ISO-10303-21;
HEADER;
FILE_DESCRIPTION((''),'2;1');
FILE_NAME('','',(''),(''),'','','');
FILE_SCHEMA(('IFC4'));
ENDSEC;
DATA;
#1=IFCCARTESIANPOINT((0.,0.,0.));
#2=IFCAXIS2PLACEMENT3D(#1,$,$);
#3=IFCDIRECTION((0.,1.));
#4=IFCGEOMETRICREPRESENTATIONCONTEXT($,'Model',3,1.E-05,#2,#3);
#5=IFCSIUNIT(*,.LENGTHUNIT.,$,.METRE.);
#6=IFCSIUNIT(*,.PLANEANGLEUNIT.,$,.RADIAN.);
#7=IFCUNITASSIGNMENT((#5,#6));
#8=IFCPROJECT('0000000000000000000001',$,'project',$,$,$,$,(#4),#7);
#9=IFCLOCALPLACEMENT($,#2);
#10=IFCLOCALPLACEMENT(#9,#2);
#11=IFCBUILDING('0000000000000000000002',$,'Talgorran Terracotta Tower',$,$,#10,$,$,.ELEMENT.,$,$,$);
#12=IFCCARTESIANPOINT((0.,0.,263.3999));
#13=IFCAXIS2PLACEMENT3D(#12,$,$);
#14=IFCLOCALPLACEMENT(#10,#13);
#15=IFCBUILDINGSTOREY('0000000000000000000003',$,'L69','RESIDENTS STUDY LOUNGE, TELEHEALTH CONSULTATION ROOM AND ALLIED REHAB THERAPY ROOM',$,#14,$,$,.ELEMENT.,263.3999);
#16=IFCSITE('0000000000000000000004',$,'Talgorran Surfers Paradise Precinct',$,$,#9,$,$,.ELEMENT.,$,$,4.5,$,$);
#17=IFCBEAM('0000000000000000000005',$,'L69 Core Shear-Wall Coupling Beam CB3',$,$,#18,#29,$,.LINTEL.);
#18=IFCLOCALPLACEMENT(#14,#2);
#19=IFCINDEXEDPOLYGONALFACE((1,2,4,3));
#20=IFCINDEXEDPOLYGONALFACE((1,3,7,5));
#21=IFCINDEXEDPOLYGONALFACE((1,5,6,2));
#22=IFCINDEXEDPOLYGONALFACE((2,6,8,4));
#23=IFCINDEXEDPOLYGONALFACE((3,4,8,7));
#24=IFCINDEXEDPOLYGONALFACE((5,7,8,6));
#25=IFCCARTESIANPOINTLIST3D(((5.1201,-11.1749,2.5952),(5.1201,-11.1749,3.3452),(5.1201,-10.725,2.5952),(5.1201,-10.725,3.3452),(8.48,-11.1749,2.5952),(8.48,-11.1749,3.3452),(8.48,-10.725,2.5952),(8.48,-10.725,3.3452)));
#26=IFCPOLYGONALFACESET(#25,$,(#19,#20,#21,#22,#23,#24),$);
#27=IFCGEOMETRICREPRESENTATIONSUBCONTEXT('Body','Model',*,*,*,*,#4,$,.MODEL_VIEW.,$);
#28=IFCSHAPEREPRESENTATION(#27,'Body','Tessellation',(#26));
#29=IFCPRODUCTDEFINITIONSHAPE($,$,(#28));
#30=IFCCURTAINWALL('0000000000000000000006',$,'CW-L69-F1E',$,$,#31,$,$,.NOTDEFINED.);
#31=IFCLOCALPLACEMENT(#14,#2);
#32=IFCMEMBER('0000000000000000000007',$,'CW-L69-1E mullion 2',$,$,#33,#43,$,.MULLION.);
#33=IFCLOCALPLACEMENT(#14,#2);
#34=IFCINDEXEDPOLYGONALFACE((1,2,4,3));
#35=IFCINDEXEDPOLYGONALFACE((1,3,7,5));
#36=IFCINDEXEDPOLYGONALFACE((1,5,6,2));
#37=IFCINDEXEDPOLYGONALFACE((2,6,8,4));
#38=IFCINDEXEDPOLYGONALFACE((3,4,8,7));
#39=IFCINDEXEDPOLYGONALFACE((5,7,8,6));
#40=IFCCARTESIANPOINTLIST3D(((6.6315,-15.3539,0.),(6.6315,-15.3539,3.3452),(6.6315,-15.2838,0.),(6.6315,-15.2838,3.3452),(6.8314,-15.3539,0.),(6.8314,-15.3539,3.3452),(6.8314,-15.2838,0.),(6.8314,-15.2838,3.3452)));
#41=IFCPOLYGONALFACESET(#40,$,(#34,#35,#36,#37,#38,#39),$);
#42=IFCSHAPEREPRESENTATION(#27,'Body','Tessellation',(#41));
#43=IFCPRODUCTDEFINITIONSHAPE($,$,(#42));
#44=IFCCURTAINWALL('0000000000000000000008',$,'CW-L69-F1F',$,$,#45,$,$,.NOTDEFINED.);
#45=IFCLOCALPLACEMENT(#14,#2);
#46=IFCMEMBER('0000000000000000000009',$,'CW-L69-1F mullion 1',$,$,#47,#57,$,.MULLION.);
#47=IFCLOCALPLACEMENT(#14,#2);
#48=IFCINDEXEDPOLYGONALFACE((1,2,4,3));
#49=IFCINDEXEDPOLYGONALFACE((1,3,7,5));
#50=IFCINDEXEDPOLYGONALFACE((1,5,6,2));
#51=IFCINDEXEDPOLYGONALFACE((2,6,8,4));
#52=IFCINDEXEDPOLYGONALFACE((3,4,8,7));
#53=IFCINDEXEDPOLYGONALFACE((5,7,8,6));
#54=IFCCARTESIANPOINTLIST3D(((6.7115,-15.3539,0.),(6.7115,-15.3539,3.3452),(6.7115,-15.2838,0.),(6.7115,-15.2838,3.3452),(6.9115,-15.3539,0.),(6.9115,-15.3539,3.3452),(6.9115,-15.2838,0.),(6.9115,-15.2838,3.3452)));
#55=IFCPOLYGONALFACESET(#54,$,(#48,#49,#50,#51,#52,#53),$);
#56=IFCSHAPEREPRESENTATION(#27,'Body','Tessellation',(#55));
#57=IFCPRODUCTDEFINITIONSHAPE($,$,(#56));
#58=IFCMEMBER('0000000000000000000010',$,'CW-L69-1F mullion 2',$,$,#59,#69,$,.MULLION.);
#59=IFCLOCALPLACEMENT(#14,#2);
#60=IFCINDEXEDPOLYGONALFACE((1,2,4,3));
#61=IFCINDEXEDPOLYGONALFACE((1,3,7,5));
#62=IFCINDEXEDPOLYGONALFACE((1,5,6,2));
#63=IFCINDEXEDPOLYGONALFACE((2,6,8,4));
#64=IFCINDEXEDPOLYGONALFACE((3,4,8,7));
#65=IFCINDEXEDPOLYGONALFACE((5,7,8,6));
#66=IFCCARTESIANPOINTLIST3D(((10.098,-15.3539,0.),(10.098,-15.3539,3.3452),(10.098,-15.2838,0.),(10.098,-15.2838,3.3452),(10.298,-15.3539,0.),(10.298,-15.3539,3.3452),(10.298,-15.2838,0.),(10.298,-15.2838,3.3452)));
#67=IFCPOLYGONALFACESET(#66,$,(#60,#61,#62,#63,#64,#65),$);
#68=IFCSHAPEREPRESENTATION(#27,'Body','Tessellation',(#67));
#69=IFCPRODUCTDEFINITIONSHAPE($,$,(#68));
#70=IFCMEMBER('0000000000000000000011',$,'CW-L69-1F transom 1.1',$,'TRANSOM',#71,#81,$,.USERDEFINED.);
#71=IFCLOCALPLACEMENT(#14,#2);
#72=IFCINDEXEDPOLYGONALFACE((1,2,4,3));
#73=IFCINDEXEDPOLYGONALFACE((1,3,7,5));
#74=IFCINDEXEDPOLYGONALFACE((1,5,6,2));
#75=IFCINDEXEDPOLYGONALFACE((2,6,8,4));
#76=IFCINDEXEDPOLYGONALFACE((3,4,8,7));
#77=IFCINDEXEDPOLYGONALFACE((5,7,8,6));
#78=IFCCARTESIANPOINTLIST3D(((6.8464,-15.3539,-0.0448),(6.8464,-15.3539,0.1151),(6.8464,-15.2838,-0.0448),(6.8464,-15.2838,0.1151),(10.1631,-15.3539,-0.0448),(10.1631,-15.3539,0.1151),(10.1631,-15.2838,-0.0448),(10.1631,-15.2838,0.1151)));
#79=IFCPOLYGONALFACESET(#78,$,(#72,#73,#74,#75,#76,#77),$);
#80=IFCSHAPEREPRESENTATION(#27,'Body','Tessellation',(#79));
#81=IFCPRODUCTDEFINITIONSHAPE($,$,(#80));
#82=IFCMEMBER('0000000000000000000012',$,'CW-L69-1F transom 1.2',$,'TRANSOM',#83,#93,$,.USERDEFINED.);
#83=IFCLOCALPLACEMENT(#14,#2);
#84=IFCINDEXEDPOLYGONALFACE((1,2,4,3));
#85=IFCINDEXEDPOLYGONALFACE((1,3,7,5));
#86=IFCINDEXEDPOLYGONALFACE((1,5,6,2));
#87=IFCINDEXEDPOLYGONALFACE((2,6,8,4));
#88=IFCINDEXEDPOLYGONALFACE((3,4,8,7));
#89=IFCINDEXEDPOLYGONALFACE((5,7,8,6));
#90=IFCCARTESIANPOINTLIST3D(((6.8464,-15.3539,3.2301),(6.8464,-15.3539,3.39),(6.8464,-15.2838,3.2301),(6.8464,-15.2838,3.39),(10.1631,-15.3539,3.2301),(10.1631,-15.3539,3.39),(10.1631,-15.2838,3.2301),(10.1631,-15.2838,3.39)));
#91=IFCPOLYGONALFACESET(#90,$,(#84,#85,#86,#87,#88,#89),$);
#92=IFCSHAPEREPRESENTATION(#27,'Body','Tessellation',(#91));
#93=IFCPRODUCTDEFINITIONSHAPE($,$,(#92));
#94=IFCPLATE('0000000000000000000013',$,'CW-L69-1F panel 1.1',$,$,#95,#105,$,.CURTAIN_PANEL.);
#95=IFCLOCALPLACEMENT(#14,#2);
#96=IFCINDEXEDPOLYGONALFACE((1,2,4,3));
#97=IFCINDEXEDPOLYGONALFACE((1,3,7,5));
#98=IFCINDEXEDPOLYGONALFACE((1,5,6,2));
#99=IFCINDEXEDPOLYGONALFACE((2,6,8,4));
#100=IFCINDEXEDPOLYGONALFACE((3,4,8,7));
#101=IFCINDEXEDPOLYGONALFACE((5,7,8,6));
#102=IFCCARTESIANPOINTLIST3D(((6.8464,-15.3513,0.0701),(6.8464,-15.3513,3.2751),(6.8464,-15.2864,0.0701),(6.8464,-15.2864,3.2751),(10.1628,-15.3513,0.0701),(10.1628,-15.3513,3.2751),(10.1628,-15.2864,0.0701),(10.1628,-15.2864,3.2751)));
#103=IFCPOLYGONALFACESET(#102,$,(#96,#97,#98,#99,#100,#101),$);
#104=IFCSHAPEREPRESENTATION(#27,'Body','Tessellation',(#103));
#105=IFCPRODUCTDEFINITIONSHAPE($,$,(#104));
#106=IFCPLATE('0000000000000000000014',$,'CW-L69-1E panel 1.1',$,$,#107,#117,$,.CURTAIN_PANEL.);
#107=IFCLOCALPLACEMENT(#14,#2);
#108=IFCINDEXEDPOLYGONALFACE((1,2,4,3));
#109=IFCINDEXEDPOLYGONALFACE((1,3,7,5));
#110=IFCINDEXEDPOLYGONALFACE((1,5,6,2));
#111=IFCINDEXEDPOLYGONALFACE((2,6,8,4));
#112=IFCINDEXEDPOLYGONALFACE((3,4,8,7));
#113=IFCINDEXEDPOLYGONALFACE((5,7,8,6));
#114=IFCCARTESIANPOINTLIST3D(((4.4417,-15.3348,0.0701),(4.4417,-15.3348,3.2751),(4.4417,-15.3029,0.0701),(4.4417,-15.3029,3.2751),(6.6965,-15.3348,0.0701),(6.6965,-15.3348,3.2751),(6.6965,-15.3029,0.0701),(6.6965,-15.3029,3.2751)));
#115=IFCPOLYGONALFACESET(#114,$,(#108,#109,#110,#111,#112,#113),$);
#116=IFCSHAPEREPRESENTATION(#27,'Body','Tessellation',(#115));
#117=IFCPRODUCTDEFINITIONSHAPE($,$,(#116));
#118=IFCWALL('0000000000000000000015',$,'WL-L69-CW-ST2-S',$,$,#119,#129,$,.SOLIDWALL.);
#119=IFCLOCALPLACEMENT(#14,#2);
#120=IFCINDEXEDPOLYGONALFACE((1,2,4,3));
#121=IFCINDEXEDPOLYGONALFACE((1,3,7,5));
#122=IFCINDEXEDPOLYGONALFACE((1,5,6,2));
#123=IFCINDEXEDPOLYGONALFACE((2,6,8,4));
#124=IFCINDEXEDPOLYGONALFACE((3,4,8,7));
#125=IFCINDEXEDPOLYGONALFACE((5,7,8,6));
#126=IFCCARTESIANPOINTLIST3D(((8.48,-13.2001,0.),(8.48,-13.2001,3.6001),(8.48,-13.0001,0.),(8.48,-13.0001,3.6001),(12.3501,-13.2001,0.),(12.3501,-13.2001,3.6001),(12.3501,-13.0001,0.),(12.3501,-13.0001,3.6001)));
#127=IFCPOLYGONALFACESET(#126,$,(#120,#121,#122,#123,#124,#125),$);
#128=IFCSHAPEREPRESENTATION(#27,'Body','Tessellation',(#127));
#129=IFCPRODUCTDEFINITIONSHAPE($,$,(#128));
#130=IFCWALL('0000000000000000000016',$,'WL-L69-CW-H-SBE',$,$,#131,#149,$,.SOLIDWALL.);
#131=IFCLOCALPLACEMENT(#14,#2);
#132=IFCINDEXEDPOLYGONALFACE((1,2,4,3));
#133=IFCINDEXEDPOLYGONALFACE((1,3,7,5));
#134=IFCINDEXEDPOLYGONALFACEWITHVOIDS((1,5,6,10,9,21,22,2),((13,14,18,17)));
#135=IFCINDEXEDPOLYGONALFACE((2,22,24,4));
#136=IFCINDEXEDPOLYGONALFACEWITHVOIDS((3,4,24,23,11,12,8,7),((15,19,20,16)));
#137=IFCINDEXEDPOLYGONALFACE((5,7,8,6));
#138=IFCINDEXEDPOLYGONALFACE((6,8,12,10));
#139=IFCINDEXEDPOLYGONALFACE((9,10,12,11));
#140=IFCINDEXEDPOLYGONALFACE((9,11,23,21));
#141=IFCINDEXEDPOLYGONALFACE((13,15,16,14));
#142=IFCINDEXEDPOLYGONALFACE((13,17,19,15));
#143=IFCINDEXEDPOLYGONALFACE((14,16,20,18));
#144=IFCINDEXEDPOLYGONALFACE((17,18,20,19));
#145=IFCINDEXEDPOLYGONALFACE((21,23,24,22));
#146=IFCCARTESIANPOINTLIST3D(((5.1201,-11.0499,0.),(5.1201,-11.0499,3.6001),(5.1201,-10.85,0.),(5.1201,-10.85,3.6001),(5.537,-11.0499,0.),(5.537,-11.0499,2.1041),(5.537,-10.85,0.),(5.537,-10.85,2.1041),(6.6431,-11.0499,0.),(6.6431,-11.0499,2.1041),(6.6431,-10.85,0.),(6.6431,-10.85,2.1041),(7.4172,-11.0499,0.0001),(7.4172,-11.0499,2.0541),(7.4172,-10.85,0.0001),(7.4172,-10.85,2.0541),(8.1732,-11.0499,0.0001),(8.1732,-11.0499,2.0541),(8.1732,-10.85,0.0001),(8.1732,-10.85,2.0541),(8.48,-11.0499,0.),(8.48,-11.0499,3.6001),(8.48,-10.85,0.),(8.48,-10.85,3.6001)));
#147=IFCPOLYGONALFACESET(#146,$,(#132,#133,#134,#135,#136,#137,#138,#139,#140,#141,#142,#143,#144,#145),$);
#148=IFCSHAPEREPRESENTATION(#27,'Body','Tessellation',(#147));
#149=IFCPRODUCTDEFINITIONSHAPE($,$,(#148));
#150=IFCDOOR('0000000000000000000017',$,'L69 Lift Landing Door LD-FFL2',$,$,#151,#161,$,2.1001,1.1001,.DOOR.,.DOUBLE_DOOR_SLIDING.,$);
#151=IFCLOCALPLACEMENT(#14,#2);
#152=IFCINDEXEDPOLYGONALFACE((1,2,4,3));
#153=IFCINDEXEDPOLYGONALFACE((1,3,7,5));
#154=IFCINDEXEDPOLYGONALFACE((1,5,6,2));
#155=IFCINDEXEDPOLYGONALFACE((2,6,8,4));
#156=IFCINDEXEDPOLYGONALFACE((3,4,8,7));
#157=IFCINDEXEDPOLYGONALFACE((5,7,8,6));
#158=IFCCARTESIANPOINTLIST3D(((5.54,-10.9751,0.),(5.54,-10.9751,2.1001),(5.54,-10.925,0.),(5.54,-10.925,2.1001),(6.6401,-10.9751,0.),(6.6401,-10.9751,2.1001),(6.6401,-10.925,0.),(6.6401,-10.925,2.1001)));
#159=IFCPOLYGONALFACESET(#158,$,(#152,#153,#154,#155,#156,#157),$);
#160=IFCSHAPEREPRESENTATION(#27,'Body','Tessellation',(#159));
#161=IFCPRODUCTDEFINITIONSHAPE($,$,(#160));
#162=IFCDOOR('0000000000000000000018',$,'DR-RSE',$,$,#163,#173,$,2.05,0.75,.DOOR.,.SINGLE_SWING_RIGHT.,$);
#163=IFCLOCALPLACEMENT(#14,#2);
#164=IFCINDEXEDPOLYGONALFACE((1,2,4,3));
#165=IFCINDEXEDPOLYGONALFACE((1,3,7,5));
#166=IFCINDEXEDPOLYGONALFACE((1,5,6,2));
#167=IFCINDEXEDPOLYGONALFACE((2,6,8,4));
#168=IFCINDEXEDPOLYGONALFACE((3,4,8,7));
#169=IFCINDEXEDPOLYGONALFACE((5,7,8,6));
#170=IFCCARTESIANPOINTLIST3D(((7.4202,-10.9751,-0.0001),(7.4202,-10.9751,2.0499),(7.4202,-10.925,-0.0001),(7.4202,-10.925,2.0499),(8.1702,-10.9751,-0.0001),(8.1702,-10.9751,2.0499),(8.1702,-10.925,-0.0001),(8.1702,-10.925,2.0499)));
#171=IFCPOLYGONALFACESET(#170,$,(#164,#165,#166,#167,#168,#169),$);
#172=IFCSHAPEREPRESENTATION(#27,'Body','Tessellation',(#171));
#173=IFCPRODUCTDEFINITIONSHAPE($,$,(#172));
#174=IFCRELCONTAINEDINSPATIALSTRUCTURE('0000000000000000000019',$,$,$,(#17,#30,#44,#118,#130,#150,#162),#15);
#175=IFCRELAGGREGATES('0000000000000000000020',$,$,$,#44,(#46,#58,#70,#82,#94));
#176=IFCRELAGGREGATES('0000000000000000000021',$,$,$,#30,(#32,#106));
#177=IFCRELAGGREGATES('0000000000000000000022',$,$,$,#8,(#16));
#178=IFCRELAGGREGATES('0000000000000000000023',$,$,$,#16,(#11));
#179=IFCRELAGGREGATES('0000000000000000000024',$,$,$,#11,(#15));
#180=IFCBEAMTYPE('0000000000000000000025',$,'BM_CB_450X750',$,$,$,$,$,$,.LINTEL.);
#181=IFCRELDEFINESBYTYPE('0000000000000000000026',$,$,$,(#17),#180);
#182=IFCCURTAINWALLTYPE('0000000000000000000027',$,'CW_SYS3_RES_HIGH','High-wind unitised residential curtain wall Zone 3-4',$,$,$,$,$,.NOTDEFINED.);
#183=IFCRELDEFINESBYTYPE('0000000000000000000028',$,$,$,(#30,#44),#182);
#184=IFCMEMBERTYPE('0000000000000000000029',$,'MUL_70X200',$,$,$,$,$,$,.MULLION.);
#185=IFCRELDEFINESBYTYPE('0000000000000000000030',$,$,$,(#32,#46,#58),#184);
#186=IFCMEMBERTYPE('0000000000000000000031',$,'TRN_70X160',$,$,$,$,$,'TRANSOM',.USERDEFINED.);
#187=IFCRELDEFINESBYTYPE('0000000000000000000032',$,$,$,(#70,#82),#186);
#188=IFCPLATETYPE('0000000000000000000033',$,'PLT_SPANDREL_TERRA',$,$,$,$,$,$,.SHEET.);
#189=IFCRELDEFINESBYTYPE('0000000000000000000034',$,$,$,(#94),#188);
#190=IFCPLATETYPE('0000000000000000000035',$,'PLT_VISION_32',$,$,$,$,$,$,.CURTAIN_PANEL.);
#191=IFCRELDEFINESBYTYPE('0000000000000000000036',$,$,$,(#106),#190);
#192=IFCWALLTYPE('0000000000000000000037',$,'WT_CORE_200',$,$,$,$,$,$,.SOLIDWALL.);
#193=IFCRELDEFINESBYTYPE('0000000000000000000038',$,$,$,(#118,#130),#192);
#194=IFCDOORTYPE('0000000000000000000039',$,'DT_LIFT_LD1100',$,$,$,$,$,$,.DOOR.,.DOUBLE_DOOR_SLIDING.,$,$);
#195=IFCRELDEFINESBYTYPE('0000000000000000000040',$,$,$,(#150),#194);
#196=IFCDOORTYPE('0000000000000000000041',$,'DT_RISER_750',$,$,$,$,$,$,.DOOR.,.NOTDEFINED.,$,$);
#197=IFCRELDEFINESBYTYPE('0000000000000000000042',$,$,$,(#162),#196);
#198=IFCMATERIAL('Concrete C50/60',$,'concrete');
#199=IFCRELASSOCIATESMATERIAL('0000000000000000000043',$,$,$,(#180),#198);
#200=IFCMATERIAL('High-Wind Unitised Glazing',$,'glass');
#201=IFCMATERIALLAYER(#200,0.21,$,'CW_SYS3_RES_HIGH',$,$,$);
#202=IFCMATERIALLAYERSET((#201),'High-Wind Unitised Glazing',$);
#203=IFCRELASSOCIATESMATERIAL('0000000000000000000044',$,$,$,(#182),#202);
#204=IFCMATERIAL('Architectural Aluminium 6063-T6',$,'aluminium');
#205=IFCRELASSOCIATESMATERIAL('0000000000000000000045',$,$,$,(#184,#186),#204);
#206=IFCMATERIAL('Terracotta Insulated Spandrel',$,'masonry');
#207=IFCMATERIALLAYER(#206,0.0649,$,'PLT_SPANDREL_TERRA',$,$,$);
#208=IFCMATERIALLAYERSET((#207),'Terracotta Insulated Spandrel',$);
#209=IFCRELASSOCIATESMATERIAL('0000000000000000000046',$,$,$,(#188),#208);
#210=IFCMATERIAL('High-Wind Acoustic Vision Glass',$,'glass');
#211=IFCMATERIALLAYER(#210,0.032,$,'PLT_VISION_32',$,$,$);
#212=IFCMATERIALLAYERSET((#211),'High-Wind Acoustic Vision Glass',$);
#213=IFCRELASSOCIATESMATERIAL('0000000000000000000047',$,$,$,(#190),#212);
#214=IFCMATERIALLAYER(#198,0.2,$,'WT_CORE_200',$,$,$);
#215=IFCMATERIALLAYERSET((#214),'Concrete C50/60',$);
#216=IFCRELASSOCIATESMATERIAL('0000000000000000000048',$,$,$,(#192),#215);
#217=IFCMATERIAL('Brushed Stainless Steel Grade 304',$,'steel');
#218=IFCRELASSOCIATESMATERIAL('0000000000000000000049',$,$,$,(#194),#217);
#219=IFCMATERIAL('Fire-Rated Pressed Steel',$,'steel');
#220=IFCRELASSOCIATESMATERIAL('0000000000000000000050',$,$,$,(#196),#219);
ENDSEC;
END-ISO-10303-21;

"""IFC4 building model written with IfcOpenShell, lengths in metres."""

from ifc_helpers import new_model, si_unit, direction, frame, frame_2d, origin, origin_2d, place, context, subcontext, project, spatial, rectangle, extrude, source, transform, mapped, material, layer, layer_set, material_profile, profile_set, type_object, type_shapes, element, fill, aggregate, save


model = new_model("IFC4")

# Units and contexts
model_context = context("Model", 3, precision=1e-05, world=origin(), true_north=direction((0.0, 1.0)))
body_context = subcontext(model_context, "Body", "Model", "MODEL_VIEW")
ifc_project = project(units=[si_unit("LENGTHUNIT", "METRE"), si_unit("PLANEANGLEUNIT", "RADIAN")], contexts=[model_context])

# Site, building, storey
site_placement = place(None, origin())
site = spatial("IfcSite", under=ifc_project, at=site_placement, Name="Talgorran Surfers Paradise Precinct", CompositionType="ELEMENT", RefElevation=4.5)
building_placement = place(site_placement, origin())
building = spatial("IfcBuilding", under=site, at=building_placement, Name="Talgorran Terracotta Tower", CompositionType="ELEMENT")
storey_placement = place(building_placement, frame((0.0, 0.0, 263.3999)))
storey = spatial("IfcBuildingStorey", under=building, at=storey_placement, Name="L69", Description="RESIDENTS STUDY LOUNGE, TELEHEALTH CONSULTATION ROOM AND ALLIED REHAB THERAPY ROOM", CompositionType="ELEMENT", Elevation=263.3999)

# Beam
ifc_material_1 = material(Name="Concrete C50/60", Category="concrete")
ifc_material_profile_1 = material_profile(ifc_material_1, rectangle(XDim=0.45, YDim=0.75, at=origin_2d()), Name="RCCB450X750")
ifc_profile_set_1 = profile_set([ifc_material_profile_1], Name="Concrete C50/60")
beam_type = type_object("IfcBeamType", Name="BM_CB_450X750", PredefinedType="LINTEL", material=ifc_profile_set_1)
beam_placement = place(storey_placement, frame((5.1201, -10.95, 2.9702), z_axis=(1.0, 0.0, 0.0), x_axis=(0.0, 1.0, 0.0)))
element("IfcBeam", 1, at=beam_placement, inside=storey, type_object=beam_type, Name="L69 Core Shear-Wall Coupling Beam CB3", PredefinedType="LINTEL", context=body_context, shape_type="SweptSolid", body=[
    extrude(rectangle(XDim=0.45, YDim=0.75, at=origin_2d()), origin(), (0.0, 0.0, 1.0), 3.3599),
])

# Curtain wall, member
ifc_material_2 = material(Name="High-Wind Unitised Glazing", Category="glass")
ifc_layer_1 = layer(ifc_material_2, 0.21, Name="CW_SYS3_RES_HIGH")
ifc_layer_set_1 = layer_set([ifc_layer_1], Name="High-Wind Unitised Glazing")
curtain_wall_type = type_object("IfcCurtainWallType", Name="CW_SYS3_RES_HIGH", Description="High-wind unitised residential curtain wall Zone 3-4", PredefinedType="NOTDEFINED", material=ifc_layer_set_1)
curtain_wall_1_placement = place(storey_placement, origin())
curtain_wall_1 = element("IfcCurtainWall", 2, at=curtain_wall_1_placement, inside=storey, type_object=curtain_wall_type, Name="CW-L69-F1E", PredefinedType="NOTDEFINED")
ifc_material_3 = material(Name="Architectural Aluminium 6063-T6", Category="aluminium")
ifc_material_profile_2 = material_profile(ifc_material_3, rectangle(XDim=0.0701, YDim=0.2, at=origin_2d()), Name="CWM70X200")
ifc_profile_set_2 = profile_set([ifc_material_profile_2], Name="Architectural Aluminium 6063-T6")
member_type_1 = type_object("IfcMemberType", Name="MUL_70X200", PredefinedType="MULLION", material=ifc_profile_set_2)
member_1_placement = place(storey_placement, frame((6.7314, -15.3188, 0.0), z_axis=(0.0, 0.0, 1.0), x_axis=(0.0, 1.0, 0.0)))
member_1 = element("IfcMember", 3, at=member_1_placement, type_object=member_type_1, Name="CW-L69-1E mullion 2", PredefinedType="MULLION", context=body_context, shape_type="SweptSolid", body=[
    extrude(rectangle(XDim=0.0701, YDim=0.2, at=origin_2d()), origin(), (0.0, 0.0, 1.0), 3.3452),
])

# Curtain wall, members, plate
curtain_wall_2_placement = place(storey_placement, origin())
curtain_wall_2 = element("IfcCurtainWall", 4, at=curtain_wall_2_placement, inside=storey, type_object=curtain_wall_type, Name="CW-L69-F1F", PredefinedType="NOTDEFINED")
member_2_placement = place(storey_placement, frame((6.8115, -15.3188, 0.0), z_axis=(0.0, 0.0, 1.0), x_axis=(0.0, 1.0, 0.0)))
member_2 = element("IfcMember", 5, at=member_2_placement, type_object=member_type_1, Name="CW-L69-1F mullion 1", PredefinedType="MULLION", context=body_context, shape_type="SweptSolid", body=[
    extrude(rectangle(XDim=0.0701, YDim=0.2, at=origin_2d()), origin(), (0.0, 0.0, 1.0), 3.3452),
])
member_3_placement = place(storey_placement, frame((10.198, -15.3188, 0.0), z_axis=(0.0, 0.0, 1.0), x_axis=(0.0, 1.0, 0.0)))
member_3 = element("IfcMember", 6, at=member_3_placement, type_object=member_type_1, Name="CW-L69-1F mullion 2", PredefinedType="MULLION", context=body_context, shape_type="SweptSolid", body=[
    extrude(rectangle(XDim=0.0701, YDim=0.2, at=origin_2d()), origin(), (0.0, 0.0, 1.0), 3.3452),
])
ifc_material_profile_3 = material_profile(ifc_material_3, rectangle(XDim=0.0701, YDim=0.1599, at=origin_2d()), Name="CWT70X160")
ifc_profile_set_3 = profile_set([ifc_material_profile_3], Name="Architectural Aluminium 6063-T6")
member_type_2 = type_object("IfcMemberType", Name="TRN_70X160", ElementType="TRANSOM", PredefinedType="USERDEFINED", material=ifc_profile_set_3)
member_4_placement = place(storey_placement, frame((6.8464, -15.3188, 0.0352), z_axis=(1.0, 0.0, 0.0), x_axis=(0.0, 1.0, 0.0)))
member_4 = element("IfcMember", 7, at=member_4_placement, type_object=member_type_2, Name="CW-L69-1F transom 1.1", ObjectType="TRANSOM", PredefinedType="USERDEFINED", context=body_context, shape_type="SweptSolid", body=[
    extrude(rectangle(XDim=0.0701, YDim=0.1599, at=origin_2d()), origin(), (0.0, 0.0, 1.0), 3.3167),
])
member_5_placement = place(storey_placement, frame((6.8464, -15.3188, 3.3101), z_axis=(1.0, 0.0, 0.0), x_axis=(0.0, 1.0, 0.0)))
member_5 = element("IfcMember", 8, at=member_5_placement, type_object=member_type_2, Name="CW-L69-1F transom 1.2", ObjectType="TRANSOM", PredefinedType="USERDEFINED", context=body_context, shape_type="SweptSolid", body=[
    extrude(rectangle(XDim=0.0701, YDim=0.1599, at=origin_2d()), origin(), (0.0, 0.0, 1.0), 3.3167),
])
ifc_material_4 = material(Name="Terracotta Insulated Spandrel", Category="masonry")
ifc_layer_2 = layer(ifc_material_4, 0.0649, Name="PLT_SPANDREL_TERRA")
ifc_layer_set_2 = layer_set([ifc_layer_2], Name="Terracotta Insulated Spandrel")
plate_type_1 = type_object("IfcPlateType", Name="PLT_SPANDREL_TERRA", PredefinedType="SHEET", material=ifc_layer_set_2)
shared_shape_1 = source(origin(), body_context, "Body", "SweptSolid", [
    extrude(rectangle(XDim=3.3164, YDim=0.0649, at=origin_2d()), origin(), (0.0, 0.0, 1.0), 3.2051),
])
type_shapes(plate_type_1, [shared_shape_1])
plate_1_placement = place(storey_placement, frame((8.5046, -15.3188, 0.0701), z_axis=(0.0, 0.0, 1.0), x_axis=(1.0, 0.0, 0.0)))
plate_1 = element("IfcPlate", 9, at=plate_1_placement, type_object=plate_type_1, Name="CW-L69-1F panel 1.1", PredefinedType="CURTAIN_PANEL", context=body_context, shape_type="MappedRepresentation", body=[
    mapped(shared_shape_1, transform((0.0, 0.0, 0.0), scale=1.0)),
])
aggregate(curtain_wall_2, [member_2, member_3, member_4, member_5, plate_1])

# Plate
ifc_material_5 = material(Name="High-Wind Acoustic Vision Glass", Category="glass")
ifc_layer_3 = layer(ifc_material_5, 0.032, Name="PLT_VISION_32")
ifc_layer_set_3 = layer_set([ifc_layer_3], Name="High-Wind Acoustic Vision Glass")
plate_type_2 = type_object("IfcPlateType", Name="PLT_VISION_32", PredefinedType="CURTAIN_PANEL", material=ifc_layer_set_3)
shared_shape_2 = source(origin(), body_context, "Body", "SweptSolid", [
    extrude(rectangle(XDim=2.2549, YDim=0.032, at=origin_2d()), origin(), (0.0, 0.0, 1.0), 3.2051),
])
type_shapes(plate_type_2, [shared_shape_2])
plate_2_placement = place(storey_placement, frame((5.5691, -15.3188, 0.0701), z_axis=(0.0, 0.0, 1.0), x_axis=(1.0, 0.0, 0.0)))
plate_2 = element("IfcPlate", 10, at=plate_2_placement, type_object=plate_type_2, Name="CW-L69-1E panel 1.1", PredefinedType="CURTAIN_PANEL", context=body_context, shape_type="MappedRepresentation", body=[
    mapped(shared_shape_2, transform((0.0, 0.0, 0.0), scale=1.0)),
])
aggregate(curtain_wall_1, [member_1, plate_2])

# Wall
ifc_layer_4 = layer(ifc_material_1, 0.2, Name="WT_CORE_200")
ifc_layer_set_4 = layer_set([ifc_layer_4], Name="Concrete C50/60")
wall_type_1 = type_object("IfcWallType", Name="WT_CORE_200", PredefinedType="SOLIDWALL", material=ifc_layer_set_4)
wall_1_placement = place(storey_placement, frame((8.48, -13.1001, 0.0), z_axis=(0.0, 0.0, 1.0), x_axis=(1.0, 0.0, 0.0)))
element("IfcWall", 11, at=wall_1_placement, inside=storey, type_object=wall_type_1, Name="WL-L69-CW-ST2-S", PredefinedType="SOLIDWALL", context=body_context, shape_type="SweptSolid", body=[
    extrude(rectangle(XDim=3.8701, YDim=0.2, at=frame_2d((1.9351, 0.0))), origin(), (0.0, 0.0, 1.0), 3.6001),
])

# Wall, openings, doors
wall_2_placement = place(storey_placement, frame((5.1201, -10.95, 0.0), z_axis=(0.0, 0.0, 1.0), x_axis=(1.0, 0.0, 0.0)))
wall_2 = element("IfcWall", 12, at=wall_2_placement, inside=storey, type_object=wall_type_1, Name="WL-L69-CW-H-SBE", PredefinedType="SOLIDWALL", context=body_context, shape_type="SweptSolid", body=[
    extrude(rectangle(XDim=3.3599, YDim=0.2, at=frame_2d((1.6799, 0.0))), origin(), (0.0, 0.0, 1.0), 3.6001),
])
opening_1_placement = place(wall_2_placement, frame((0.4199, 0.0, 0.0)))
opening_1 = element("IfcOpeningElement", 13, at=opening_1_placement, cuts=wall_2, PredefinedType="OPENING", context=body_context, shape_type="SweptSolid", body=[
    extrude(rectangle(XDim=1.1061, YDim=2.1041, at=frame_2d((0.55, 1.052))), frame((0.0, 0.1099, 0.0), z_axis=(0.0, -1.0, 0.0), x_axis=(1.0, 0.0, 0.0)), (0.0, 0.0, 1.0), 0.22),
])
opening_2_placement = place(wall_2_placement, frame((2.3, 0.0, 0.0)))
opening_2 = element("IfcOpeningElement", 14, at=opening_2_placement, cuts=wall_2, PredefinedType="OPENING", context=body_context, shape_type="SweptSolid", body=[
    extrude(rectangle(XDim=0.756, YDim=2.054, at=frame_2d((0.375, 1.0271))), frame((0.0, 0.1099, 0.0), z_axis=(0.0, -1.0, 0.0), x_axis=(1.0, 0.0, 0.0)), (0.0, 0.0, 1.0), 0.22),
])
ifc_material_6 = material(Name="Brushed Stainless Steel Grade 304", Category="steel")
door_type_1 = type_object("IfcDoorType", Name="DT_LIFT_LD1100", OperationType="DOUBLE_DOOR_SLIDING", PredefinedType="DOOR", material=ifc_material_6)
door_1_placement = place(opening_1_placement, origin())
door_1 = element("IfcDoor", 15, at=door_1_placement, inside=storey, type_object=door_type_1, Name="L69 Lift Landing Door LD-FFL2", OperationType="DOUBLE_DOOR_SLIDING", OverallHeight=2.1001, OverallWidth=1.1001, PredefinedType="DOOR", context=body_context, shape_type="SweptSolid", body=[
    extrude(rectangle(XDim=1.1001, YDim=2.1001, at=frame_2d((0.55, 1.05))), frame((0.0, 0.0249, 0.0), z_axis=(0.0, -1.0, 0.0), x_axis=(1.0, 0.0, 0.0)), (0.0, 0.0, 1.0), 0.05),
])
fill(opening_1, door_1)
ifc_material_7 = material(Name="Fire-Rated Pressed Steel", Category="steel")
door_type_2 = type_object("IfcDoorType", Name="DT_RISER_750", OperationType="NOTDEFINED", PredefinedType="DOOR", material=ifc_material_7)
door_2_placement = place(opening_2_placement, origin())
door_2 = element("IfcDoor", 16, at=door_2_placement, inside=storey, type_object=door_type_2, Name="DR-RSE", OperationType="SINGLE_SWING_RIGHT", OverallHeight=2.05, OverallWidth=0.75, PredefinedType="DOOR", context=body_context, shape_type="SweptSolid", body=[
    extrude(rectangle(XDim=0.75, YDim=2.05, at=frame_2d((0.375, 1.0249))), frame((0.0, 0.0249, 0.0), z_axis=(0.0, -1.0, 0.0), x_axis=(1.0, 0.0, 0.0)), (0.0, 0.0, 1.0), 0.05),
])
fill(opening_2, door_2)

save(model, "model.ifc")
